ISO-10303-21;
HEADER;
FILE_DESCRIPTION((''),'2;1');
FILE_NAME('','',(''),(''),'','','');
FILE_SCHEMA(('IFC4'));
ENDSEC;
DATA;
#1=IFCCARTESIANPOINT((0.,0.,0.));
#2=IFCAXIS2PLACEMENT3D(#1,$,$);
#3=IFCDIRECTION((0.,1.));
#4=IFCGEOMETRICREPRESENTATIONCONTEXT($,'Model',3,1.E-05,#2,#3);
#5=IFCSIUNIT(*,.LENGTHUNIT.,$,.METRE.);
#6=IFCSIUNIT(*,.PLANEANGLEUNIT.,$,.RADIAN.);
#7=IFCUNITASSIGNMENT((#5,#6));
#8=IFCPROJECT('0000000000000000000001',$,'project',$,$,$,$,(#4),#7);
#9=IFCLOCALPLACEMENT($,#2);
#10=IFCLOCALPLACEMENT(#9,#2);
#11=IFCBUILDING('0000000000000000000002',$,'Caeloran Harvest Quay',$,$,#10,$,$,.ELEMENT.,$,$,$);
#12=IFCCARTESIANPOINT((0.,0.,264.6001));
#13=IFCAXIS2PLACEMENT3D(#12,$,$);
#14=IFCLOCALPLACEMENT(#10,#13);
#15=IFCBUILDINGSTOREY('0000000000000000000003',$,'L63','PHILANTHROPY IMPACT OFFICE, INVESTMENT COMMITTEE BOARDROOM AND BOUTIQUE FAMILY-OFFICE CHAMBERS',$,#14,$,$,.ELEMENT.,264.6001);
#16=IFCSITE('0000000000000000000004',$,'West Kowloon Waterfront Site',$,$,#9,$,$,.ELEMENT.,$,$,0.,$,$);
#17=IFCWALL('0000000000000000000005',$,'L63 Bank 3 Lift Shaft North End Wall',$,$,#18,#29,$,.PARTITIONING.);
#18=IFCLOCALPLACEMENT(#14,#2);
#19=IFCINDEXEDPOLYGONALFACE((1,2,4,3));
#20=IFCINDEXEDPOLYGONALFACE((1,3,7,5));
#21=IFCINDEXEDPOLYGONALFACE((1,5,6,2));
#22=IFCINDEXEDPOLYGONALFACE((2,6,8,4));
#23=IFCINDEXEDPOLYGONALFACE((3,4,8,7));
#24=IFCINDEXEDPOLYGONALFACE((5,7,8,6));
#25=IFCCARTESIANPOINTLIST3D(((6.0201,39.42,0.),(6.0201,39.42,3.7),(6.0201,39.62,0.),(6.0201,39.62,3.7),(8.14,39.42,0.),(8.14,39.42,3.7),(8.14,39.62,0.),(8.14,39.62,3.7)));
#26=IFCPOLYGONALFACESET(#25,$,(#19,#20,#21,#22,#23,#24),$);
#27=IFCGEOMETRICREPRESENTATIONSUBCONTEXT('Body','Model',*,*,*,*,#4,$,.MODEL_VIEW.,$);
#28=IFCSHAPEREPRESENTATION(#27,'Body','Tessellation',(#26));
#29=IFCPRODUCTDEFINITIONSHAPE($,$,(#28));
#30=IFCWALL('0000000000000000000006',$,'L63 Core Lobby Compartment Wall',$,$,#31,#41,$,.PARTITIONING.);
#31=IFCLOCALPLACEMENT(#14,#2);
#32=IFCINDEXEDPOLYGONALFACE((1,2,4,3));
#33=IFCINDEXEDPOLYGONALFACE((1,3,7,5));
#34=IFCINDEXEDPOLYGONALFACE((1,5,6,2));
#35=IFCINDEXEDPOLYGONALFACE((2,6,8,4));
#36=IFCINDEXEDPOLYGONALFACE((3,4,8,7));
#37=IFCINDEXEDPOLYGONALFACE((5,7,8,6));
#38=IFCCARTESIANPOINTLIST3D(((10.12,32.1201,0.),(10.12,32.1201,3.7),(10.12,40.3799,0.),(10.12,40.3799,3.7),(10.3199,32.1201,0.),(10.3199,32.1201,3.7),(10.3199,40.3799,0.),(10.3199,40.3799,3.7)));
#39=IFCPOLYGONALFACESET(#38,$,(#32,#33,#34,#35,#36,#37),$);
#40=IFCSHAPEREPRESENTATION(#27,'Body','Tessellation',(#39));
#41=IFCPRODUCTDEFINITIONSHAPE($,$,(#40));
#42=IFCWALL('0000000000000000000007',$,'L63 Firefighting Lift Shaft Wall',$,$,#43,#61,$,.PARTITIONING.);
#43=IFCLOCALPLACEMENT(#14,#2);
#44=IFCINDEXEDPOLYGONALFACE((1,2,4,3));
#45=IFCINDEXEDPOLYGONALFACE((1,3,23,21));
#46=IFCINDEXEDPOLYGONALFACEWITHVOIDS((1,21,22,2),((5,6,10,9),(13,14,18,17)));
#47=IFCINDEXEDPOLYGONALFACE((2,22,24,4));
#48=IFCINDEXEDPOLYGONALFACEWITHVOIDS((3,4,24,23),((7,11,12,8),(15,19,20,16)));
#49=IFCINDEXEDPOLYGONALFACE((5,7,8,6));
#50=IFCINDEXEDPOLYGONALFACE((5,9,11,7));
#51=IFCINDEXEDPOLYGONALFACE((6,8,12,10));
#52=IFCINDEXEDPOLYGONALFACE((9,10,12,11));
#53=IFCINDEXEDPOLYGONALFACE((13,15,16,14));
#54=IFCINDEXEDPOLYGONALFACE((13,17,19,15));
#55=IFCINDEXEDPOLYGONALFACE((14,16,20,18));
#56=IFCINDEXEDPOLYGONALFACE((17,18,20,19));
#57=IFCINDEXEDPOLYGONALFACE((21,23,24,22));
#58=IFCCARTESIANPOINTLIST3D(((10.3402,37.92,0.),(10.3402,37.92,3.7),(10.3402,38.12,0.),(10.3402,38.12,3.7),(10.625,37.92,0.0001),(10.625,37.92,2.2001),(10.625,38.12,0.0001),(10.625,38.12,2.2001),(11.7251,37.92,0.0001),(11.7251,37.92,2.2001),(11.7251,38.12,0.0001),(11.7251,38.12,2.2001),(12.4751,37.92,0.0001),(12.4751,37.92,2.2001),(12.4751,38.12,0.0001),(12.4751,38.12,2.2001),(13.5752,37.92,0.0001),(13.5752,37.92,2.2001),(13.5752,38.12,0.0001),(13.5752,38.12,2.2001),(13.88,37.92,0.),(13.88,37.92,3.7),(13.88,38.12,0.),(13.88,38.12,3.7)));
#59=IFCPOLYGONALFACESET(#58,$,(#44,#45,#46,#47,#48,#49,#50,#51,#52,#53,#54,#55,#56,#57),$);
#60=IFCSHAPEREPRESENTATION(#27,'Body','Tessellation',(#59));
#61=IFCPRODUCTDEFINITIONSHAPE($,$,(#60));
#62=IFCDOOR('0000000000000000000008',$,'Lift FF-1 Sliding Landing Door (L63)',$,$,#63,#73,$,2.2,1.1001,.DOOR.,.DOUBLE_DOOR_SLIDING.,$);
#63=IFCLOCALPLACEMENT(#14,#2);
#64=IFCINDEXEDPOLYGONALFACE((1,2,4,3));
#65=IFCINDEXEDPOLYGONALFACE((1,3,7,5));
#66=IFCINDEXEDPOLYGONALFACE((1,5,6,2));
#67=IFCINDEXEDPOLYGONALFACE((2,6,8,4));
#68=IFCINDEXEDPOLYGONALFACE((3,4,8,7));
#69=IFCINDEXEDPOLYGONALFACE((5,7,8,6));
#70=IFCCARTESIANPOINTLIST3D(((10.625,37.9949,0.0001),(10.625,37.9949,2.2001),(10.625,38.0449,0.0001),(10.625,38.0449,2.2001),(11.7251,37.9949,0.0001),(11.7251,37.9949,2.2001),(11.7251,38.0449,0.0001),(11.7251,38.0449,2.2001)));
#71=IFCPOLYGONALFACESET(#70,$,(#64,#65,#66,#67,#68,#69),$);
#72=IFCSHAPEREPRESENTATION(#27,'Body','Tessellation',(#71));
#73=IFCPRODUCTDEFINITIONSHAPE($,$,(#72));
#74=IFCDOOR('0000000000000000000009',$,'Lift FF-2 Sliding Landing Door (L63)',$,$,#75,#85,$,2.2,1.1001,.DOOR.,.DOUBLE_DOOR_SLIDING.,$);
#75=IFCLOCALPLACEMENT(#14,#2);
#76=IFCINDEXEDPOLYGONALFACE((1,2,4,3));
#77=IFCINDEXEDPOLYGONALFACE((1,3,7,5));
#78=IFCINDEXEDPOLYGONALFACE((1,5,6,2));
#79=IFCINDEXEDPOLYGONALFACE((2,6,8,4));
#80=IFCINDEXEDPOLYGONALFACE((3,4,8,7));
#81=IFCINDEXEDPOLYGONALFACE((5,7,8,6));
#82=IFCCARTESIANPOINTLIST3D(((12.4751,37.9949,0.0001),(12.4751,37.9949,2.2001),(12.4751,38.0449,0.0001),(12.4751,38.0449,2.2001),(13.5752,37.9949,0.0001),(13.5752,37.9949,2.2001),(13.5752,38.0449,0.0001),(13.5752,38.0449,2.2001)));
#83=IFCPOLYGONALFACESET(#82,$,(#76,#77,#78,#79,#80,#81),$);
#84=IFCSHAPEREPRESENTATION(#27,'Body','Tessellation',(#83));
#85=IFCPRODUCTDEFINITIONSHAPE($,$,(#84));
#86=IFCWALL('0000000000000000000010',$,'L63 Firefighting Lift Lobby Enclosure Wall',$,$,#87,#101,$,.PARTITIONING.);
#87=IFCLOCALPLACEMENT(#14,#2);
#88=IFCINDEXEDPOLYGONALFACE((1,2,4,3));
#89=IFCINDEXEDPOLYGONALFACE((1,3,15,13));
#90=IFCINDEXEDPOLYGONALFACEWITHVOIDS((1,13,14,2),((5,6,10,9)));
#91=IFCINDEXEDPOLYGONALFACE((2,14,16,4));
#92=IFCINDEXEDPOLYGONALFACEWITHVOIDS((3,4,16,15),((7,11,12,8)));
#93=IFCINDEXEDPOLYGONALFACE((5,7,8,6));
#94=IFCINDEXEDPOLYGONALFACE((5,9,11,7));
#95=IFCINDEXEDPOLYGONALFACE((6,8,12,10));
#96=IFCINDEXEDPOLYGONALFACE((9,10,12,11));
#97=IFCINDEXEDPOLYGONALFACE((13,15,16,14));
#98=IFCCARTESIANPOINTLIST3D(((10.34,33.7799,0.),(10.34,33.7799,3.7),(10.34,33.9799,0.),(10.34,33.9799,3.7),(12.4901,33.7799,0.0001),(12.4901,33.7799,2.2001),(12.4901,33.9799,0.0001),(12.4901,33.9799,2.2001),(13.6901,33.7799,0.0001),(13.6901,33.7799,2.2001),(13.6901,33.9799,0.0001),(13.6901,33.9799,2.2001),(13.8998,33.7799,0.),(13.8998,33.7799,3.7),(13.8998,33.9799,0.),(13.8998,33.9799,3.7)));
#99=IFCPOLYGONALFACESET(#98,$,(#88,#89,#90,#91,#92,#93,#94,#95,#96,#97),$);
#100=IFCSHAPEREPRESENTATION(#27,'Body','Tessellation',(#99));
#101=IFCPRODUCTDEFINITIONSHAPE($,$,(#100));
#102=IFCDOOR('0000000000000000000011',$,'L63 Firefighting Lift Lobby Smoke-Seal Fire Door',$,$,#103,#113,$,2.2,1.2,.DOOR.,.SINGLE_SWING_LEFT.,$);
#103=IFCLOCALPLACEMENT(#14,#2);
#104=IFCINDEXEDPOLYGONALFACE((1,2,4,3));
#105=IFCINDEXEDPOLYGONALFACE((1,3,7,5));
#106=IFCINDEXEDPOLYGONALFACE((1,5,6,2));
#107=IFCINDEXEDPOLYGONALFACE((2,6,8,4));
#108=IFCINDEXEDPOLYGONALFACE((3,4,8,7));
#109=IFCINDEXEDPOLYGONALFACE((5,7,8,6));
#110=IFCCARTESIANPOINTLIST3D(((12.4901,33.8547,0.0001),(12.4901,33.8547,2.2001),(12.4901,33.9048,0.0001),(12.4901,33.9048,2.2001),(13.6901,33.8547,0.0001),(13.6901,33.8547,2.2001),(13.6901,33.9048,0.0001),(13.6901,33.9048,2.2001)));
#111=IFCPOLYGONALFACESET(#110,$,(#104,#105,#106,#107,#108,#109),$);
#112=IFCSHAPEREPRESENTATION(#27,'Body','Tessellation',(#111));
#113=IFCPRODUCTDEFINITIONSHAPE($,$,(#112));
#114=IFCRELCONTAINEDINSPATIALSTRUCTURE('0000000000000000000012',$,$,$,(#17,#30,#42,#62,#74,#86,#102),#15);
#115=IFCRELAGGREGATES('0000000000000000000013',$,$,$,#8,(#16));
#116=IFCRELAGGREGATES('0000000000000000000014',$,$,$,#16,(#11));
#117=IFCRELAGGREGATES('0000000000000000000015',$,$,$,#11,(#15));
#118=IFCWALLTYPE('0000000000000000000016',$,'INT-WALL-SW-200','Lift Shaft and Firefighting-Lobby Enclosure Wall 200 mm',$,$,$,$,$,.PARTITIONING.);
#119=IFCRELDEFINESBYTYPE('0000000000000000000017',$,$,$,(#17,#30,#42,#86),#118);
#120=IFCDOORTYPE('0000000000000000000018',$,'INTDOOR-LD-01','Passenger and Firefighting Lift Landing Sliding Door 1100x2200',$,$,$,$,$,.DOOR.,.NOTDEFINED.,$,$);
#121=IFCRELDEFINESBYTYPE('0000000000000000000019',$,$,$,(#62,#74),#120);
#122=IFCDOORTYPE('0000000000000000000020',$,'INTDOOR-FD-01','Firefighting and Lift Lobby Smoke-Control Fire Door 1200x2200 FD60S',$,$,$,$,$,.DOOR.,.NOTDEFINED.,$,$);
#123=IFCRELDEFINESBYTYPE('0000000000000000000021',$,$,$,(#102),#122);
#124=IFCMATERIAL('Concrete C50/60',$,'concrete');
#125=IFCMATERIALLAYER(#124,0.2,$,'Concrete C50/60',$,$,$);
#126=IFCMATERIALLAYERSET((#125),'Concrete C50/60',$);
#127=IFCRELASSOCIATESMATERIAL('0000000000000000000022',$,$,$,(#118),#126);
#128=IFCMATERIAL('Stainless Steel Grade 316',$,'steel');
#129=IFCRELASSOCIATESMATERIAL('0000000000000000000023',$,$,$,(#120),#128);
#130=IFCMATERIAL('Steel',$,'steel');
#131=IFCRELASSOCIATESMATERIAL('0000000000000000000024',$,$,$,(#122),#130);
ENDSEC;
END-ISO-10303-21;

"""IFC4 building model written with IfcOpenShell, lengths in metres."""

from ifc_helpers import new_model, si_unit, direction, frame, frame_2d, origin, place, context, subcontext, project, spatial, rectangle, extrude, material, layer, layer_set, type_object, element, fill, save


model = new_model("IFC4")

# Units and contexts
model_context = context("Model", 3, precision=1e-05, world=origin(), true_north=direction((0.0, 1.0)))
body_context = subcontext(model_context, "Body", "Model", "MODEL_VIEW")
ifc_project = project(units=[si_unit("LENGTHUNIT", "METRE"), si_unit("PLANEANGLEUNIT", "RADIAN")], contexts=[model_context])

# Site, building, storey
site_placement = place(None, origin())
site = spatial("IfcSite", under=ifc_project, at=site_placement, Name="West Kowloon Waterfront Site", CompositionType="ELEMENT", RefElevation=0.0)
building_placement = place(site_placement, origin())
building = spatial("IfcBuilding", under=site, at=building_placement, Name="Caeloran Harvest Quay", CompositionType="ELEMENT")
storey_placement = place(building_placement, frame((0.0, 0.0, 264.6001)))
storey = spatial("IfcBuildingStorey", under=building, at=storey_placement, Name="L63", Description="PHILANTHROPY IMPACT OFFICE, INVESTMENT COMMITTEE BOARDROOM AND BOUTIQUE FAMILY-OFFICE CHAMBERS", CompositionType="ELEMENT", Elevation=264.6001)

# Shared definitions
ifc_material_1 = material(Name="Concrete C50/60", Category="concrete")
ifc_layer_1 = layer(ifc_material_1, 0.2, Name="Concrete C50/60")
ifc_layer_set_1 = layer_set([ifc_layer_1], Name="Concrete C50/60")
wall_type_1 = type_object("IfcWallType", Name="INT-WALL-SW-200", Description="Lift Shaft and Firefighting-Lobby Enclosure Wall 200 mm", PredefinedType="PARTITIONING", material=ifc_layer_set_1)
ifc_material_2 = material(Name="Stainless Steel Grade 316", Category="steel")
door_type_1 = type_object("IfcDoorType", Name="INTDOOR-LD-01", Description="Passenger and Firefighting Lift Landing Sliding Door 1100x2200", OperationType="NOTDEFINED", PredefinedType="DOOR", material=ifc_material_2)

# Walls
wall_1_placement = place(storey_placement, frame((6.02, 39.52, 0.0), z_axis=(0.0, 0.0, 1.0), x_axis=(1.0, 0.0, 0.0)))
element("IfcWall", 1, at=wall_1_placement, inside=storey, type_object=wall_type_1, Name="L63 Bank 3 Lift Shaft North End Wall", PredefinedType="PARTITIONING", context=body_context, shape_type="SweptSolid", body=[
    extrude(rectangle(XDim=2.1199, YDim=0.2, at=frame_2d((1.0601, 0.0))), origin(), (0.0, 0.0, 1.0), 3.7),
])
wall_2_placement = place(storey_placement, frame((10.22, 32.1201, 0.0), z_axis=(0.0, 0.0, 1.0), x_axis=(0.0, 1.0, 0.0)))
element("IfcWall", 2, at=wall_2_placement, inside=storey, type_object=wall_type_1, Name="L63 Core Lobby Compartment Wall", PredefinedType="PARTITIONING", context=body_context, shape_type="SweptSolid", body=[
    extrude(rectangle(XDim=8.2598, YDim=0.2, at=frame_2d((4.1299, 0.0))), origin(), (0.0, 0.0, 1.0), 3.7),
])

# Wall, openings, doors
wall_3_placement = place(storey_placement, frame((10.3401, 38.02, 0.0), z_axis=(0.0, 0.0, 1.0), x_axis=(1.0, 0.0, 0.0)))
wall_3 = element("IfcWall", 3, at=wall_3_placement, inside=storey, type_object=wall_type_1, Name="L63 Firefighting Lift Shaft Wall", PredefinedType="PARTITIONING", context=body_context, shape_type="SweptSolid", body=[
    extrude(rectangle(XDim=3.5398, YDim=0.2, at=frame_2d((1.77, 0.0))), origin(), (0.0, 0.0, 1.0), 3.7),
])
opening_1_placement = place(wall_3_placement, frame((0.2849, 0.0, 0.0)))
opening_1 = element("IfcOpeningElement", 4, at=opening_1_placement, cuts=wall_3, PredefinedType="OPENING", context=body_context, shape_type="SweptSolid", body=[
    extrude(rectangle(XDim=1.1001, YDim=2.2, at=frame_2d((0.55, 1.1001))), frame((0.0, 0.1099, 0.0), z_axis=(0.0, -1.0, 0.0), x_axis=(1.0, 0.0, 0.0)), (0.0, 0.0, 1.0), 0.22),
])
opening_2_placement = place(wall_3_placement, frame((2.135, 0.0, 0.0)))
opening_2 = element("IfcOpeningElement", 5, at=opening_2_placement, cuts=wall_3, PredefinedType="OPENING", context=body_context, shape_type="SweptSolid", body=[
    extrude(rectangle(XDim=1.1001, YDim=2.2, at=frame_2d((0.55, 1.1001))), frame((0.0, 0.1099, 0.0), z_axis=(0.0, -1.0, 0.0), x_axis=(1.0, 0.0, 0.0)), (0.0, 0.0, 1.0), 0.22),
])
door_1_placement = place(opening_1_placement, origin())
door_1 = element("IfcDoor", 6, at=door_1_placement, inside=storey, type_object=door_type_1, Name="Lift FF-1 Sliding Landing Door (L63)", OperationType="DOUBLE_DOOR_SLIDING", OverallHeight=2.2, OverallWidth=1.1001, PredefinedType="DOOR", context=body_context, shape_type="SweptSolid", body=[
    extrude(rectangle(XDim=1.1001, YDim=2.2, at=frame_2d((0.55, 1.1001))), frame((0.0, 0.0249, 0.0), z_axis=(0.0, -1.0, 0.0), x_axis=(1.0, 0.0, 0.0)), (0.0, 0.0, 1.0), 0.05),
])
fill(opening_1, door_1)
door_2_placement = place(opening_2_placement, origin())
door_2 = element("IfcDoor", 7, at=door_2_placement, inside=storey, type_object=door_type_1, Name="Lift FF-2 Sliding Landing Door (L63)", OperationType="DOUBLE_DOOR_SLIDING", OverallHeight=2.2, OverallWidth=1.1001, PredefinedType="DOOR", context=body_context, shape_type="SweptSolid", body=[
    extrude(rectangle(XDim=1.1001, YDim=2.2, at=frame_2d((0.55, 1.1001))), frame((0.0, 0.0249, 0.0), z_axis=(0.0, -1.0, 0.0), x_axis=(1.0, 0.0, 0.0)), (0.0, 0.0, 1.0), 0.05),
])
fill(opening_2, door_2)

# Wall, opening, door
wall_4_placement = place(storey_placement, frame((10.3401, 33.8799, 0.0), z_axis=(0.0, 0.0, 1.0), x_axis=(1.0, 0.0, 0.0)))
wall_4 = element("IfcWall", 8, at=wall_4_placement, inside=storey, type_object=wall_type_1, Name="L63 Firefighting Lift Lobby Enclosure Wall", PredefinedType="PARTITIONING", context=body_context, shape_type="SweptSolid", body=[
    extrude(rectangle(XDim=3.5598, YDim=0.2, at=frame_2d((1.7798, 0.0))), origin(), (0.0, 0.0, 1.0), 3.7),
])
opening_3_placement = place(wall_4_placement, frame((2.1499, 0.0, 0.0)))
opening_3 = element("IfcOpeningElement", 9, at=opening_3_placement, cuts=wall_4, PredefinedType="OPENING", context=body_context, shape_type="SweptSolid", body=[
    extrude(rectangle(XDim=1.2, YDim=2.2, at=frame_2d((0.6001, 1.1001))), frame((0.0, 0.1099, 0.0), z_axis=(0.0, -1.0, 0.0), x_axis=(1.0, 0.0, 0.0)), (0.0, 0.0, 1.0), 0.22),
])
ifc_material_3 = material(Name="Steel", Category="steel")
door_type_2 = type_object("IfcDoorType", Name="INTDOOR-FD-01", Description="Firefighting and Lift Lobby Smoke-Control Fire Door 1200x2200 FD60S", OperationType="NOTDEFINED", PredefinedType="DOOR", material=ifc_material_3)
door_3_placement = place(opening_3_placement, origin())
door_3 = element("IfcDoor", 10, at=door_3_placement, inside=storey, type_object=door_type_2, Name="L63 Firefighting Lift Lobby Smoke-Seal Fire Door", OperationType="SINGLE_SWING_LEFT", OverallHeight=2.2, OverallWidth=1.2, PredefinedType="DOOR", context=body_context, shape_type="SweptSolid", body=[
    extrude(rectangle(XDim=1.2, YDim=2.2, at=frame_2d((0.6001, 1.1001))), frame((0.0, 0.0249, 0.0), z_axis=(0.0, -1.0, 0.0), x_axis=(1.0, 0.0, 0.0)), (0.0, 0.0, 1.0), 0.05),
])
fill(opening_3, door_3)

save(model, "model.ifc")
